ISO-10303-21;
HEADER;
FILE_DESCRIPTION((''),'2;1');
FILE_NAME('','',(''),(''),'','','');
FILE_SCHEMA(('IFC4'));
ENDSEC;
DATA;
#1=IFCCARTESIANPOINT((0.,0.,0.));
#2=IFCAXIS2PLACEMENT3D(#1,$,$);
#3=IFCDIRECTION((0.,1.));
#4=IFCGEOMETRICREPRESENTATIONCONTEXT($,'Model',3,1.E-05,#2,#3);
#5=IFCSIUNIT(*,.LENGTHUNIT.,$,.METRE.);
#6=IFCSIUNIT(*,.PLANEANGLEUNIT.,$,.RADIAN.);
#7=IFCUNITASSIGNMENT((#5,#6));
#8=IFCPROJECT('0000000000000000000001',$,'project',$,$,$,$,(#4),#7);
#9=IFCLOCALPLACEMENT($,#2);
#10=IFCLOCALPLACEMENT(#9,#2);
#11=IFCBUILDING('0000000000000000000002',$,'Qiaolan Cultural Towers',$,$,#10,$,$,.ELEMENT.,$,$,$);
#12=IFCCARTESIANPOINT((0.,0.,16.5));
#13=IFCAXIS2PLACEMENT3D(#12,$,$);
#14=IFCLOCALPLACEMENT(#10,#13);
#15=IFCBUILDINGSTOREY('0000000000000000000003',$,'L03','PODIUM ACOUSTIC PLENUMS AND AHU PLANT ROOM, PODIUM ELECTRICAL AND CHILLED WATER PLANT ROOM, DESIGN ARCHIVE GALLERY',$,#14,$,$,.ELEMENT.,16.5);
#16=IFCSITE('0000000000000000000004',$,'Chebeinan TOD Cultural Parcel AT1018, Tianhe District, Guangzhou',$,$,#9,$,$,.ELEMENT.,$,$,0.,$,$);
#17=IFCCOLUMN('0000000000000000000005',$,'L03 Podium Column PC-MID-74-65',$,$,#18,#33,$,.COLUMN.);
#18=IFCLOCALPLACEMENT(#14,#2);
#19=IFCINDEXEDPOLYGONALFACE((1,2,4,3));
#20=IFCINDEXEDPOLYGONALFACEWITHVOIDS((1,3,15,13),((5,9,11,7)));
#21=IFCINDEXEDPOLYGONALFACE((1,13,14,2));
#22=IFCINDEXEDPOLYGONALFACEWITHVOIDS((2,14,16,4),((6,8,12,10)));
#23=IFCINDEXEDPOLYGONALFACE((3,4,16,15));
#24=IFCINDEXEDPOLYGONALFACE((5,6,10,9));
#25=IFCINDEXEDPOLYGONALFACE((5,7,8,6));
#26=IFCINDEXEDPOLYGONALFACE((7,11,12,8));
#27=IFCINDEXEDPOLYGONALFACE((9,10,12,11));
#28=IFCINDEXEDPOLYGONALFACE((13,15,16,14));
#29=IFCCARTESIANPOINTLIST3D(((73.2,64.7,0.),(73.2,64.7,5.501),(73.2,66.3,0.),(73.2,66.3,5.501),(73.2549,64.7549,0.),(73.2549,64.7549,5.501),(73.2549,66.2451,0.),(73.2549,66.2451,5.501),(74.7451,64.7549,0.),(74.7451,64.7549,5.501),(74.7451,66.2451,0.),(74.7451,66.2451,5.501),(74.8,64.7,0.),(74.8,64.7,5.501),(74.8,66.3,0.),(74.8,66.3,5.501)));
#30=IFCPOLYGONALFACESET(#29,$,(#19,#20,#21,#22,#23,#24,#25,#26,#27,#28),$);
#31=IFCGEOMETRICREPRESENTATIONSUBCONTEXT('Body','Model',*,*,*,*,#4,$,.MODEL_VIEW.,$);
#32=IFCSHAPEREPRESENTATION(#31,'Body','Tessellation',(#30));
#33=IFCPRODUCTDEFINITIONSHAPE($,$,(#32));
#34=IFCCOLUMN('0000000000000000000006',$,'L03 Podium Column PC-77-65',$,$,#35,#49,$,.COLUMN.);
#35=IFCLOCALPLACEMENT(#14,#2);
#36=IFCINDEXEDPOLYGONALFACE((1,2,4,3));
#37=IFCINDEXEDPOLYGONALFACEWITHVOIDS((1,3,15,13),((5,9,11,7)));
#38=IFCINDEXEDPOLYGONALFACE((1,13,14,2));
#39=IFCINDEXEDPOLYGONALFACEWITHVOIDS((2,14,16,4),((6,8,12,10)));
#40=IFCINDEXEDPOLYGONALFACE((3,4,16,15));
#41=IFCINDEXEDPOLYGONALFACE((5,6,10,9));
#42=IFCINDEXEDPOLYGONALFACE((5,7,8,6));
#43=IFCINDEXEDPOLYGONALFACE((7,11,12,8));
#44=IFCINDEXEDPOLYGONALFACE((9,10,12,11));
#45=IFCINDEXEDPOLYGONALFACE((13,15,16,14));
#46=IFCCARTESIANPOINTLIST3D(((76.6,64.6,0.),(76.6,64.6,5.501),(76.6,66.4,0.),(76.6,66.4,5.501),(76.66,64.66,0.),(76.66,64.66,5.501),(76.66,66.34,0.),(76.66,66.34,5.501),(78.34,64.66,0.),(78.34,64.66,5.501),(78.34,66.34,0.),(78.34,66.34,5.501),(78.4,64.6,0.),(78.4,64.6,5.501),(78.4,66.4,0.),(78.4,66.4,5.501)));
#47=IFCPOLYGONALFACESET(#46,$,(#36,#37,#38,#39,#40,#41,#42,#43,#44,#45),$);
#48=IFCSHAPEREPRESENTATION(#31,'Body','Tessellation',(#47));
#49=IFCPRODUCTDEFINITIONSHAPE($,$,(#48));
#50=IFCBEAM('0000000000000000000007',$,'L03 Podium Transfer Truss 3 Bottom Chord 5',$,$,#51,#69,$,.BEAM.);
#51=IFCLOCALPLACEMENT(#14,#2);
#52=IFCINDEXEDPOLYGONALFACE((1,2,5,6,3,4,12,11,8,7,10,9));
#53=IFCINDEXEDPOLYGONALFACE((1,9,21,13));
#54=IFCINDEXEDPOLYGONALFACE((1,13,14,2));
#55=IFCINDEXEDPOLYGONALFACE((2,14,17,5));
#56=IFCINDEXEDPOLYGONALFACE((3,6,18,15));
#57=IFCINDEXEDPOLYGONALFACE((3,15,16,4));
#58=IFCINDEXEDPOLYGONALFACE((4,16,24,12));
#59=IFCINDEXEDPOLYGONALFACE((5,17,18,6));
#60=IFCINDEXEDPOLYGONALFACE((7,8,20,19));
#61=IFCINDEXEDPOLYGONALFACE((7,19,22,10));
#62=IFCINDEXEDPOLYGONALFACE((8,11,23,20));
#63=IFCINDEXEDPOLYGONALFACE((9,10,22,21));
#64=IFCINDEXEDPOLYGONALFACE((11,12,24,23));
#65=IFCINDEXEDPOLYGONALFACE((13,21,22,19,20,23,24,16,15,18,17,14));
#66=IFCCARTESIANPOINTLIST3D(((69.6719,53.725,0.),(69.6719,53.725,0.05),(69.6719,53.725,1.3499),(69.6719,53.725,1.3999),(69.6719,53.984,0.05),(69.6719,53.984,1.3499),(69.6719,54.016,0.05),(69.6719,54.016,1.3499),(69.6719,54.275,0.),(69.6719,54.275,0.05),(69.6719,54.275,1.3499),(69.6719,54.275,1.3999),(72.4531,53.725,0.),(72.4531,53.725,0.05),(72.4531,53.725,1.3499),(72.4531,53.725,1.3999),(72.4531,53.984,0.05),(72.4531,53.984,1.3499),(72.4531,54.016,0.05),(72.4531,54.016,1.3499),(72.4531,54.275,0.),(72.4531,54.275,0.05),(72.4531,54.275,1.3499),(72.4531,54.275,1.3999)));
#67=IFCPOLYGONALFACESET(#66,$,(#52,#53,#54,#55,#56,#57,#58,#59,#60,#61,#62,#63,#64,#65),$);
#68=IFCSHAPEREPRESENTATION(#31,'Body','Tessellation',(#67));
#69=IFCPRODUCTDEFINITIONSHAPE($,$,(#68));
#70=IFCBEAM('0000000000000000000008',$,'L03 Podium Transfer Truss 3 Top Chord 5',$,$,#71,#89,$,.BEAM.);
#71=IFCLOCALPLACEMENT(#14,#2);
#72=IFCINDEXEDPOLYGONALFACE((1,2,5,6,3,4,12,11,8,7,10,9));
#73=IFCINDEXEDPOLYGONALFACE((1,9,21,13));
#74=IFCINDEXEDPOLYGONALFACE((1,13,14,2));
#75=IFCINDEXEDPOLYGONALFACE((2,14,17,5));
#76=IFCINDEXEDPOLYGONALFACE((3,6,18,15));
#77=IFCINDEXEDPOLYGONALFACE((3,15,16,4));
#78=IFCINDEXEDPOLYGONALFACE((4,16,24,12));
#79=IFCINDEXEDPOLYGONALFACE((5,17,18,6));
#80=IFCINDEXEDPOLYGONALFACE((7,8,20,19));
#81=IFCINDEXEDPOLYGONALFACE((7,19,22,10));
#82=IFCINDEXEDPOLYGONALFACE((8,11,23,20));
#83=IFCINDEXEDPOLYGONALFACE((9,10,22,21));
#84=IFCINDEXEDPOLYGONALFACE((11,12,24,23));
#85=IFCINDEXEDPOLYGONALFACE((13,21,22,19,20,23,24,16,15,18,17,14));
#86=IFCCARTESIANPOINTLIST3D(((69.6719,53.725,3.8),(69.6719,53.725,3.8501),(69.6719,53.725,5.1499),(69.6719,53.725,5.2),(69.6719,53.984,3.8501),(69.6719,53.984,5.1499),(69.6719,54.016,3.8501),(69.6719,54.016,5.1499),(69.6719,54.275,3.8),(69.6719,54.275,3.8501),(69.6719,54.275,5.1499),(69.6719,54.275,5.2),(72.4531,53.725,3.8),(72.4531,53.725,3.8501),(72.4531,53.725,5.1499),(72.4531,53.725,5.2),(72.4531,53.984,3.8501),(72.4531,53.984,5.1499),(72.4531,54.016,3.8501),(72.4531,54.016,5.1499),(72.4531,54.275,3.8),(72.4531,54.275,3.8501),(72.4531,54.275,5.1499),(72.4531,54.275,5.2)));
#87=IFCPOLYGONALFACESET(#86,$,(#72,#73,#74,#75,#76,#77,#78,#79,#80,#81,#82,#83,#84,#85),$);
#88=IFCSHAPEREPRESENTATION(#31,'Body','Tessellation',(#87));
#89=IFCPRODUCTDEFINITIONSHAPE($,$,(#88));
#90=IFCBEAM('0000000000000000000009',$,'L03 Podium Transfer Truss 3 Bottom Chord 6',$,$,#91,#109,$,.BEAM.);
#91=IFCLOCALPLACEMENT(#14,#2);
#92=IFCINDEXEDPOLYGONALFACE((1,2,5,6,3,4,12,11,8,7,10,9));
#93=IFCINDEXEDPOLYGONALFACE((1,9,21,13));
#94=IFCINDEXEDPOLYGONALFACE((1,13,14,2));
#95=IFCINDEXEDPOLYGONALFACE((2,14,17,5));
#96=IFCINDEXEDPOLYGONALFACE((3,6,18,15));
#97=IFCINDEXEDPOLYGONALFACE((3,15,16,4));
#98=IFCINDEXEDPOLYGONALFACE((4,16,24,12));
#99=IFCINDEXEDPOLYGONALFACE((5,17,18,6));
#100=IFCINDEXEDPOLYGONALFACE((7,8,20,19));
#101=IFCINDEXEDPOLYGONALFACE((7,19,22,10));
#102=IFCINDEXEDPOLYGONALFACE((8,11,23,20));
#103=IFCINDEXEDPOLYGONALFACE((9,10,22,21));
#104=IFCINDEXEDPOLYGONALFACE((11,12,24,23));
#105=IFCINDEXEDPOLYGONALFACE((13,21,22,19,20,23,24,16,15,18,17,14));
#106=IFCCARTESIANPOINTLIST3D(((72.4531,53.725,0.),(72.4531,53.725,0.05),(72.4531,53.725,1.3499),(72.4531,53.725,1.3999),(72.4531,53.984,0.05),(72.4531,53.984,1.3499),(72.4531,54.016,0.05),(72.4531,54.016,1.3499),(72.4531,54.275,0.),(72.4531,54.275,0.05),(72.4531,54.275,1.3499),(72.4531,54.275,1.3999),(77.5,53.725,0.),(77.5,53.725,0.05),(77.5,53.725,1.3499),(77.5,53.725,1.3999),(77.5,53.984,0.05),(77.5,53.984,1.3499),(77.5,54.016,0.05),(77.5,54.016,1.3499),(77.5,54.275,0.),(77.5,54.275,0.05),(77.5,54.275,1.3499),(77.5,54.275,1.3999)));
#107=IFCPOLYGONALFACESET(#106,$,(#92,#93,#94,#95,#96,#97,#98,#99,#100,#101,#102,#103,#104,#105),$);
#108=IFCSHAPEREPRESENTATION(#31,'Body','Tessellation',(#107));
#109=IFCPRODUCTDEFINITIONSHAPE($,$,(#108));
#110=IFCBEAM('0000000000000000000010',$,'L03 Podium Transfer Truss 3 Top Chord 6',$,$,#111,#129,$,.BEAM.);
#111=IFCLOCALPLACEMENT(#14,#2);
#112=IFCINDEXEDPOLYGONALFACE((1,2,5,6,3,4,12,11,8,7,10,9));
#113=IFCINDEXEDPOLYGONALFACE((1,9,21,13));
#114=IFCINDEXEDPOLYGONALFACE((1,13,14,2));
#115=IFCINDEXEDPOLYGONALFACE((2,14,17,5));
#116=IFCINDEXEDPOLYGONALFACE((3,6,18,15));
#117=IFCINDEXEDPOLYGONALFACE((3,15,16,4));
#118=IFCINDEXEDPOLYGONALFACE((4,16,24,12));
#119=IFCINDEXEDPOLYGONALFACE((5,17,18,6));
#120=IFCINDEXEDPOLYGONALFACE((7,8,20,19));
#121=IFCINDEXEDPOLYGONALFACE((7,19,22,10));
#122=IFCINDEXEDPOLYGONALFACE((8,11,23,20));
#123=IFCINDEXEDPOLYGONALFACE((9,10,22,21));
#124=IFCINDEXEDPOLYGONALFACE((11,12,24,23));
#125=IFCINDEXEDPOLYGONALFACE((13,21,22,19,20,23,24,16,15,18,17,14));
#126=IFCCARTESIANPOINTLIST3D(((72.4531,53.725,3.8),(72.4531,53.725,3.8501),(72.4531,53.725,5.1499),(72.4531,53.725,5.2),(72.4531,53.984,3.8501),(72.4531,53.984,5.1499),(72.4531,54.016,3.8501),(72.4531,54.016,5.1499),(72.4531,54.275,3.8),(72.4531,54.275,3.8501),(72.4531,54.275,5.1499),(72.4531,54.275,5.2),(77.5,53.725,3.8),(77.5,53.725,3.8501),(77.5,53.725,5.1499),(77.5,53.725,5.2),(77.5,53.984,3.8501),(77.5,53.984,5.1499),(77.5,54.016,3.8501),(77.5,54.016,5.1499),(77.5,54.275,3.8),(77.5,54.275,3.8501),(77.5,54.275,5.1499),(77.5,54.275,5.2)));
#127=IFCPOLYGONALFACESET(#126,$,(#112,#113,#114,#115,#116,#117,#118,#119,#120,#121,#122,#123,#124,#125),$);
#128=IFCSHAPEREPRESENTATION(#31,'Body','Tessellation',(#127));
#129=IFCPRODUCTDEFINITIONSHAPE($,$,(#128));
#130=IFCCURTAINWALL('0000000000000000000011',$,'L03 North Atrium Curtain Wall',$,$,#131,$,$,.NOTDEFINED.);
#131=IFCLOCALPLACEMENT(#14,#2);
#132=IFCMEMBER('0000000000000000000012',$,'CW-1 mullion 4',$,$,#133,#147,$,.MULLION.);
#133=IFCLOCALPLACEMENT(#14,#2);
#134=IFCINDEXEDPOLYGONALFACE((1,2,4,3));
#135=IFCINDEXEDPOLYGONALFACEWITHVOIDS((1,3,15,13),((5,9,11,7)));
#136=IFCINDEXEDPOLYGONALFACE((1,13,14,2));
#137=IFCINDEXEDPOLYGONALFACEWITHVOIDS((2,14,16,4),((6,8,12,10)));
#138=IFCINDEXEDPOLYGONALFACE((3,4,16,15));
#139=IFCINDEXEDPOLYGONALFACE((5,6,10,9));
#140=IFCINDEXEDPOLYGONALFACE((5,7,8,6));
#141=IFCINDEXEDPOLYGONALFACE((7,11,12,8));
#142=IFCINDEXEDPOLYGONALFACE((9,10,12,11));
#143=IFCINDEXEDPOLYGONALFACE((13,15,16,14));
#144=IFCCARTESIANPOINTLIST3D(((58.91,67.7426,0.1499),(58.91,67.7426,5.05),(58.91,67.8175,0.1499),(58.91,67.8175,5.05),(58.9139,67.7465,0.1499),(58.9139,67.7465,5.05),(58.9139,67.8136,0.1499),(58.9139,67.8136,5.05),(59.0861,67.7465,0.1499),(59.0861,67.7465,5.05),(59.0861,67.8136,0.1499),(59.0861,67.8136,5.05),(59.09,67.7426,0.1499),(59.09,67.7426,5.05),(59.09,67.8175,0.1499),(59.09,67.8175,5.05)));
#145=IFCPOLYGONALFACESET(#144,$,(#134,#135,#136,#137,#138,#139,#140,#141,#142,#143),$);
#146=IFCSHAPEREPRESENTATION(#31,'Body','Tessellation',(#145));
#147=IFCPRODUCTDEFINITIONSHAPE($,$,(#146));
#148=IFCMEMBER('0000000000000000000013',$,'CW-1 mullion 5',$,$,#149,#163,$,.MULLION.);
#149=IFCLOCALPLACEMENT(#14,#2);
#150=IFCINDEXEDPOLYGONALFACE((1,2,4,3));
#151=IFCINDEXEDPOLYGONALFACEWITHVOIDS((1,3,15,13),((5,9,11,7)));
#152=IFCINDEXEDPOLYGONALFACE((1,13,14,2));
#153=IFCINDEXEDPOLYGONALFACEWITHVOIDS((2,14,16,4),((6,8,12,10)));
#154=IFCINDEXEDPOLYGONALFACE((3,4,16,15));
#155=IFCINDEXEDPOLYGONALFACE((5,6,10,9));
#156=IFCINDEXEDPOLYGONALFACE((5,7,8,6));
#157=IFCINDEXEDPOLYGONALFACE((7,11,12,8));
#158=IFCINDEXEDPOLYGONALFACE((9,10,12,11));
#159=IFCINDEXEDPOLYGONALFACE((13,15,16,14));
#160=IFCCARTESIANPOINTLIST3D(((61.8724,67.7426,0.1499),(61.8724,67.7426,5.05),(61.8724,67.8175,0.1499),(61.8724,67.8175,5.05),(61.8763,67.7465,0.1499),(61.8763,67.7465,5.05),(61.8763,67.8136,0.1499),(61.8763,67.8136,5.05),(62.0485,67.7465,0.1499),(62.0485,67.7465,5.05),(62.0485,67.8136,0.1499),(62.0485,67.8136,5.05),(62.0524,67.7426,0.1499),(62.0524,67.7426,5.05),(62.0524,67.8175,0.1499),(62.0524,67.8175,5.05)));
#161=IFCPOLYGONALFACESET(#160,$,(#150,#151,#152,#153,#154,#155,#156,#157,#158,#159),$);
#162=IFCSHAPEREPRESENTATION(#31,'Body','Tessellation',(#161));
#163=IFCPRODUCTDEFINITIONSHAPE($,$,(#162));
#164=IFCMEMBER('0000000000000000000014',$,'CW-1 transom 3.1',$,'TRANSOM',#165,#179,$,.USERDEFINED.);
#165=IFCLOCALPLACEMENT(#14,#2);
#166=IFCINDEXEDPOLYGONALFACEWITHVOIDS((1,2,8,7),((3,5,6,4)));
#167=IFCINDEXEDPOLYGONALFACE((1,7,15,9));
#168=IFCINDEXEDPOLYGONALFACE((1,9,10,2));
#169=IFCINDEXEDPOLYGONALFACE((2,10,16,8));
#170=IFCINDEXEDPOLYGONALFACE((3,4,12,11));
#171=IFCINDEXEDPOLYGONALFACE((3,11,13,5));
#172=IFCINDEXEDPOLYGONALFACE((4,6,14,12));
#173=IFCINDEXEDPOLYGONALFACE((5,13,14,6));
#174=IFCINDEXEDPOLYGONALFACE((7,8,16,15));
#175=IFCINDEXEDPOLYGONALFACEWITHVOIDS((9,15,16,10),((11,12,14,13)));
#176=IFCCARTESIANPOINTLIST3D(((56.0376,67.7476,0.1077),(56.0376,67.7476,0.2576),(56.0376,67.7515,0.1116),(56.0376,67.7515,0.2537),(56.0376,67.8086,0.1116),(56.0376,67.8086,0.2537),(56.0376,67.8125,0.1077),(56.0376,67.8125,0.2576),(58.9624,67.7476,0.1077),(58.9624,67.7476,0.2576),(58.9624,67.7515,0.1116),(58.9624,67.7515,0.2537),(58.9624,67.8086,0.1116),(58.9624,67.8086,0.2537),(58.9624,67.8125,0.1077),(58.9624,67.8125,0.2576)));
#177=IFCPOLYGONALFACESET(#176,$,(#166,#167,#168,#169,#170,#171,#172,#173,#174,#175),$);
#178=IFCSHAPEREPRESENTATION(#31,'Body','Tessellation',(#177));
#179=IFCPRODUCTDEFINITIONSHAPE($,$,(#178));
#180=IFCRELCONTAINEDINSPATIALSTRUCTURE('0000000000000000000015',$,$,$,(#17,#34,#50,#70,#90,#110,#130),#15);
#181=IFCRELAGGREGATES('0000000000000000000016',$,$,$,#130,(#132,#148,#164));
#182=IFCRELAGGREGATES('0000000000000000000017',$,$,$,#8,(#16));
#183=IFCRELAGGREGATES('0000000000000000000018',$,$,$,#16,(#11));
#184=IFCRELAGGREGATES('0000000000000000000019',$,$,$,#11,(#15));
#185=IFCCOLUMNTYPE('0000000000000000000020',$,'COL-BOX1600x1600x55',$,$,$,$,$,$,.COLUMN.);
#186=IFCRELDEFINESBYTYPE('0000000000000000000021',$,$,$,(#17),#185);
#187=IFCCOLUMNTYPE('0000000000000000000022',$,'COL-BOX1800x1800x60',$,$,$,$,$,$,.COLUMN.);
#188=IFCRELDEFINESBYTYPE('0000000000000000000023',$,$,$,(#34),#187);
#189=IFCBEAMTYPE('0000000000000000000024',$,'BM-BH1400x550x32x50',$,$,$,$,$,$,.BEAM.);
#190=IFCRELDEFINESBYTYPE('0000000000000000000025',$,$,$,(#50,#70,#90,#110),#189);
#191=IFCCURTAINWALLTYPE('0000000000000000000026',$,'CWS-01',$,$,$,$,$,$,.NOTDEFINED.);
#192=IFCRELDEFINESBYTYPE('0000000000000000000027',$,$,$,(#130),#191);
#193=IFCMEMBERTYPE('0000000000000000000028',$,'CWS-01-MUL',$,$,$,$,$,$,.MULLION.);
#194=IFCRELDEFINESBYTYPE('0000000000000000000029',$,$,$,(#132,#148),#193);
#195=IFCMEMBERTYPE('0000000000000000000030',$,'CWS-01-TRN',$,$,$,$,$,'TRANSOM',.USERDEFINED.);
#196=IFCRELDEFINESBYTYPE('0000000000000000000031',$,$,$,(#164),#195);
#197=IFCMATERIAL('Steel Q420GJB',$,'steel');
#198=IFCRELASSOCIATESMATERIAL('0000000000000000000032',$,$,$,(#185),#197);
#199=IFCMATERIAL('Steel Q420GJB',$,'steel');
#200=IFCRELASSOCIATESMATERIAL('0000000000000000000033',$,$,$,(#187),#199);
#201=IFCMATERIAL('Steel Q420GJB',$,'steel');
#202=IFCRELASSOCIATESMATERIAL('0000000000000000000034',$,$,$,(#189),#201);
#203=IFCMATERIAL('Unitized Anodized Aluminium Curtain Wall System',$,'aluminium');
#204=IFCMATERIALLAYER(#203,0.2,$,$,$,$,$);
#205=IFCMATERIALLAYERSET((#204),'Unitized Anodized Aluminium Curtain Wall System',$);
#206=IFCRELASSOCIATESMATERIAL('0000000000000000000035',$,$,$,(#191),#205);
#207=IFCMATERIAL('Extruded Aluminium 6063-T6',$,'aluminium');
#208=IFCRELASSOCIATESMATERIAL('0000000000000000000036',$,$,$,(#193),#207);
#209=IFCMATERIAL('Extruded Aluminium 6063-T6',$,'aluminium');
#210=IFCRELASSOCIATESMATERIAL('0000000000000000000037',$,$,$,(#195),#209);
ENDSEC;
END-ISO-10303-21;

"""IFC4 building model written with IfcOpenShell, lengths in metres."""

from ifc_helpers import new_model, si_unit, direction, frame, origin, origin_2d, place, context, subcontext, project, spatial, hollow_rectangle, i_section, extrude, material, layer, layer_set, material_profile, profile_set, type_object, element, aggregate, save


model = new_model("IFC4")

# Units and contexts
model_context = context("Model", 3, precision=1e-05, world=origin(), true_north=direction((0.0, 1.0)))
body_context = subcontext(model_context, "Body", "Model", "MODEL_VIEW")
ifc_project = project(units=[si_unit("LENGTHUNIT", "METRE"), si_unit("PLANEANGLEUNIT", "RADIAN")], contexts=[model_context])

# Site, building, storey
site_placement = place(None, origin())
site = spatial("IfcSite", under=ifc_project, at=site_placement, Name="Chebeinan TOD Cultural Parcel AT1018, Tianhe District, Guangzhou", CompositionType="ELEMENT", RefElevation=0.0)
building_placement = place(site_placement, origin())
building = spatial("IfcBuilding", under=site, at=building_placement, Name="Qiaolan Cultural Towers", CompositionType="ELEMENT")
storey_placement = place(building_placement, frame((0.0, 0.0, 16.5)))
storey = spatial("IfcBuildingStorey", under=building, at=storey_placement, Name="L03", Description="PODIUM ACOUSTIC PLENUMS AND AHU PLANT ROOM, PODIUM ELECTRICAL AND CHILLED WATER PLANT ROOM, DESIGN ARCHIVE GALLERY", CompositionType="ELEMENT", Elevation=16.5)

# Columns
ifc_material_1 = material(Name="Steel Q420GJB", Category="steel")
ifc_material_profile_1 = material_profile(ifc_material_1, hollow_rectangle(XDim=1.6001, YDim=1.6001, WallThickness=0.0549, at=origin_2d()), Name="BOX1600x1600x55")
ifc_profile_set_1 = profile_set([ifc_material_profile_1], Name="Steel Q420GJB")
column_type_1 = type_object("IfcColumnType", Name="COL-BOX1600x1600x55", PredefinedType="COLUMN", material=ifc_profile_set_1)
column_1_placement = place(storey_placement, frame((74.0, 65.5, 0.0), z_axis=(0.0, 0.0, 1.0), x_axis=(1.0, 0.0, 0.0)))
element("IfcColumn", 1, at=column_1_placement, inside=storey, type_object=column_type_1, Name="L03 Podium Column PC-MID-74-65", PredefinedType="COLUMN", context=body_context, shape_type="SweptSolid", body=[
    extrude(hollow_rectangle(XDim=1.6001, YDim=1.6001, WallThickness=0.0549, at=origin_2d()), origin(), (0.0, 0.0, 1.0), 5.501),
])
ifc_material_2 = material(Name="Steel Q420GJB", Category="steel")
ifc_material_profile_2 = material_profile(ifc_material_2, hollow_rectangle(XDim=1.8, YDim=1.8, WallThickness=0.0601, at=origin_2d()), Name="BOX1800x1800x60")
ifc_profile_set_2 = profile_set([ifc_material_profile_2], Name="Steel Q420GJB")
column_type_2 = type_object("IfcColumnType", Name="COL-BOX1800x1800x60", PredefinedType="COLUMN", material=ifc_profile_set_2)
column_2_placement = place(storey_placement, frame((77.5, 65.5, 0.0), z_axis=(0.0, 0.0, 1.0), x_axis=(1.0, 0.0, 0.0)))
element("IfcColumn", 2, at=column_2_placement, inside=storey, type_object=column_type_2, Name="L03 Podium Column PC-77-65", PredefinedType="COLUMN", context=body_context, shape_type="SweptSolid", body=[
    extrude(hollow_rectangle(XDim=1.8, YDim=1.8, WallThickness=0.0601, at=origin_2d()), origin(), (0.0, 0.0, 1.0), 5.501),
])

# Beams
ifc_material_3 = material(Name="Steel Q420GJB", Category="steel")
ifc_material_profile_3 = material_profile(ifc_material_3, i_section(OverallWidth=0.55, OverallDepth=1.3999, WebThickness=0.032, FlangeThickness=0.05, at=origin_2d()), Name="BH1400x550x32x50")
ifc_profile_set_3 = profile_set([ifc_material_profile_3], Name="Steel Q420GJB")
beam_type = type_object("IfcBeamType", Name="BM-BH1400x550x32x50", PredefinedType="BEAM", material=ifc_profile_set_3)
for number, where, z_axis, x_axis, name in (
    (3, (69.6719, 54.0, 0.7), (1.0, 0.0, 0.0), (0.0, 1.0, 0.0), "L03 Podium Transfer Truss 3 Bottom Chord 5"),
    (4, (69.6719, 54.0, 4.5), (1.0, 0.0, 0.0), (0.0, 1.0, 0.0), "L03 Podium Transfer Truss 3 Top Chord 5"),
):
    element("IfcBeam", number, at=place(storey_placement, frame(where, z_axis=z_axis, x_axis=x_axis)), inside=storey, type_object=beam_type, Name=name, PredefinedType="BEAM", context=body_context, shape_type="SweptSolid", body=[
        extrude(i_section(OverallWidth=0.55, OverallDepth=1.3999, WebThickness=0.032, FlangeThickness=0.05, at=origin_2d()), origin(), (0.0, 0.0, 1.0), 2.7812),
    ])
for number, where, z_axis, x_axis, name in (
    (5, (72.4531, 54.0, 0.7), (1.0, 0.0, 0.0), (0.0, 1.0, 0.0), "L03 Podium Transfer Truss 3 Bottom Chord 6"),
    (6, (72.4531, 54.0, 4.5), (1.0, 0.0, 0.0), (0.0, 1.0, 0.0), "L03 Podium Transfer Truss 3 Top Chord 6"),
):
    element("IfcBeam", number, at=place(storey_placement, frame(where, z_axis=z_axis, x_axis=x_axis)), inside=storey, type_object=beam_type, Name=name, PredefinedType="BEAM", context=body_context, shape_type="SweptSolid", body=[
        extrude(i_section(OverallWidth=0.55, OverallDepth=1.3999, WebThickness=0.032, FlangeThickness=0.05, at=origin_2d()), origin(), (0.0, 0.0, 1.0), 5.0469),
    ])

# Curtain wall, members
ifc_material_4 = material(Name="Unitized Anodized Aluminium Curtain Wall System", Category="aluminium")
ifc_layer_1 = layer(ifc_material_4, 0.2)
ifc_layer_set_1 = layer_set([ifc_layer_1], Name="Unitized Anodized Aluminium Curtain Wall System")
curtain_wall_type = type_object("IfcCurtainWallType", Name="CWS-01", PredefinedType="NOTDEFINED", material=ifc_layer_set_1)
curtain_wall_placement = place(storey_placement, origin())
curtain_wall = element("IfcCurtainWall", 7, at=curtain_wall_placement, inside=storey, type_object=curtain_wall_type, Name="L03 North Atrium Curtain Wall", PredefinedType="NOTDEFINED")
ifc_material_5 = material(Name="Extruded Aluminium 6063-T6", Category="aluminium")
ifc_material_profile_4 = material_profile(ifc_material_5, hollow_rectangle(XDim=0.075, YDim=0.1799, WallThickness=0.0039, at=origin_2d()), Name="CWM-180x75x4")
ifc_profile_set_4 = profile_set([ifc_material_profile_4], Name="Extruded Aluminium 6063-T6")
member_type_1 = type_object("IfcMemberType", Name="CWS-01-MUL", PredefinedType="MULLION", material=ifc_profile_set_4)
member_1_placement = place(storey_placement, frame((59.0, 67.78, 0.1499), z_axis=(0.0, 0.0, 1.0), x_axis=(0.0, 1.0, 0.0)))
member_1 = element("IfcMember", 8, at=member_1_placement, type_object=member_type_1, Name="CW-1 mullion 4", PredefinedType="MULLION", context=body_context, shape_type="SweptSolid", body=[
    extrude(hollow_rectangle(XDim=0.075, YDim=0.1799, WallThickness=0.0039, at=origin_2d()), origin(), (0.0, 0.0, 1.0), 4.9001),
])
member_2_placement = place(storey_placement, frame((61.9624, 67.78, 0.1499), z_axis=(0.0, 0.0, 1.0), x_axis=(0.0, 1.0, 0.0)))
member_2 = element("IfcMember", 9, at=member_2_placement, type_object=member_type_1, Name="CW-1 mullion 5", PredefinedType="MULLION", context=body_context, shape_type="SweptSolid", body=[
    extrude(hollow_rectangle(XDim=0.075, YDim=0.1799, WallThickness=0.0039, at=origin_2d()), origin(), (0.0, 0.0, 1.0), 4.9001),
])
ifc_material_6 = material(Name="Extruded Aluminium 6063-T6", Category="aluminium")
ifc_material_profile_5 = material_profile(ifc_material_6, hollow_rectangle(XDim=0.0649, YDim=0.1499, WallThickness=0.0039, at=origin_2d()), Name="CWT-150x65x4")
ifc_profile_set_5 = profile_set([ifc_material_profile_5], Name="Extruded Aluminium 6063-T6")
member_type_2 = type_object("IfcMemberType", Name="CWS-01-TRN", ElementType="TRANSOM", PredefinedType="USERDEFINED", material=ifc_profile_set_5)
member_3_placement = place(storey_placement, frame((56.0376, 67.78, 0.1826), z_axis=(1.0, 0.0, 0.0), x_axis=(0.0, 1.0, 0.0)))
member_3 = element("IfcMember", 10, at=member_3_placement, type_object=member_type_2, Name="CW-1 transom 3.1", ObjectType="TRANSOM", PredefinedType="USERDEFINED", context=body_context, shape_type="SweptSolid", body=[
    extrude(hollow_rectangle(XDim=0.0649, YDim=0.1499, WallThickness=0.0039, at=origin_2d()), origin(), (0.0, 0.0, 1.0), 2.9248),
])

aggregate(curtain_wall, [member_1, member_2, member_3])

save(model, "model.ifc")
